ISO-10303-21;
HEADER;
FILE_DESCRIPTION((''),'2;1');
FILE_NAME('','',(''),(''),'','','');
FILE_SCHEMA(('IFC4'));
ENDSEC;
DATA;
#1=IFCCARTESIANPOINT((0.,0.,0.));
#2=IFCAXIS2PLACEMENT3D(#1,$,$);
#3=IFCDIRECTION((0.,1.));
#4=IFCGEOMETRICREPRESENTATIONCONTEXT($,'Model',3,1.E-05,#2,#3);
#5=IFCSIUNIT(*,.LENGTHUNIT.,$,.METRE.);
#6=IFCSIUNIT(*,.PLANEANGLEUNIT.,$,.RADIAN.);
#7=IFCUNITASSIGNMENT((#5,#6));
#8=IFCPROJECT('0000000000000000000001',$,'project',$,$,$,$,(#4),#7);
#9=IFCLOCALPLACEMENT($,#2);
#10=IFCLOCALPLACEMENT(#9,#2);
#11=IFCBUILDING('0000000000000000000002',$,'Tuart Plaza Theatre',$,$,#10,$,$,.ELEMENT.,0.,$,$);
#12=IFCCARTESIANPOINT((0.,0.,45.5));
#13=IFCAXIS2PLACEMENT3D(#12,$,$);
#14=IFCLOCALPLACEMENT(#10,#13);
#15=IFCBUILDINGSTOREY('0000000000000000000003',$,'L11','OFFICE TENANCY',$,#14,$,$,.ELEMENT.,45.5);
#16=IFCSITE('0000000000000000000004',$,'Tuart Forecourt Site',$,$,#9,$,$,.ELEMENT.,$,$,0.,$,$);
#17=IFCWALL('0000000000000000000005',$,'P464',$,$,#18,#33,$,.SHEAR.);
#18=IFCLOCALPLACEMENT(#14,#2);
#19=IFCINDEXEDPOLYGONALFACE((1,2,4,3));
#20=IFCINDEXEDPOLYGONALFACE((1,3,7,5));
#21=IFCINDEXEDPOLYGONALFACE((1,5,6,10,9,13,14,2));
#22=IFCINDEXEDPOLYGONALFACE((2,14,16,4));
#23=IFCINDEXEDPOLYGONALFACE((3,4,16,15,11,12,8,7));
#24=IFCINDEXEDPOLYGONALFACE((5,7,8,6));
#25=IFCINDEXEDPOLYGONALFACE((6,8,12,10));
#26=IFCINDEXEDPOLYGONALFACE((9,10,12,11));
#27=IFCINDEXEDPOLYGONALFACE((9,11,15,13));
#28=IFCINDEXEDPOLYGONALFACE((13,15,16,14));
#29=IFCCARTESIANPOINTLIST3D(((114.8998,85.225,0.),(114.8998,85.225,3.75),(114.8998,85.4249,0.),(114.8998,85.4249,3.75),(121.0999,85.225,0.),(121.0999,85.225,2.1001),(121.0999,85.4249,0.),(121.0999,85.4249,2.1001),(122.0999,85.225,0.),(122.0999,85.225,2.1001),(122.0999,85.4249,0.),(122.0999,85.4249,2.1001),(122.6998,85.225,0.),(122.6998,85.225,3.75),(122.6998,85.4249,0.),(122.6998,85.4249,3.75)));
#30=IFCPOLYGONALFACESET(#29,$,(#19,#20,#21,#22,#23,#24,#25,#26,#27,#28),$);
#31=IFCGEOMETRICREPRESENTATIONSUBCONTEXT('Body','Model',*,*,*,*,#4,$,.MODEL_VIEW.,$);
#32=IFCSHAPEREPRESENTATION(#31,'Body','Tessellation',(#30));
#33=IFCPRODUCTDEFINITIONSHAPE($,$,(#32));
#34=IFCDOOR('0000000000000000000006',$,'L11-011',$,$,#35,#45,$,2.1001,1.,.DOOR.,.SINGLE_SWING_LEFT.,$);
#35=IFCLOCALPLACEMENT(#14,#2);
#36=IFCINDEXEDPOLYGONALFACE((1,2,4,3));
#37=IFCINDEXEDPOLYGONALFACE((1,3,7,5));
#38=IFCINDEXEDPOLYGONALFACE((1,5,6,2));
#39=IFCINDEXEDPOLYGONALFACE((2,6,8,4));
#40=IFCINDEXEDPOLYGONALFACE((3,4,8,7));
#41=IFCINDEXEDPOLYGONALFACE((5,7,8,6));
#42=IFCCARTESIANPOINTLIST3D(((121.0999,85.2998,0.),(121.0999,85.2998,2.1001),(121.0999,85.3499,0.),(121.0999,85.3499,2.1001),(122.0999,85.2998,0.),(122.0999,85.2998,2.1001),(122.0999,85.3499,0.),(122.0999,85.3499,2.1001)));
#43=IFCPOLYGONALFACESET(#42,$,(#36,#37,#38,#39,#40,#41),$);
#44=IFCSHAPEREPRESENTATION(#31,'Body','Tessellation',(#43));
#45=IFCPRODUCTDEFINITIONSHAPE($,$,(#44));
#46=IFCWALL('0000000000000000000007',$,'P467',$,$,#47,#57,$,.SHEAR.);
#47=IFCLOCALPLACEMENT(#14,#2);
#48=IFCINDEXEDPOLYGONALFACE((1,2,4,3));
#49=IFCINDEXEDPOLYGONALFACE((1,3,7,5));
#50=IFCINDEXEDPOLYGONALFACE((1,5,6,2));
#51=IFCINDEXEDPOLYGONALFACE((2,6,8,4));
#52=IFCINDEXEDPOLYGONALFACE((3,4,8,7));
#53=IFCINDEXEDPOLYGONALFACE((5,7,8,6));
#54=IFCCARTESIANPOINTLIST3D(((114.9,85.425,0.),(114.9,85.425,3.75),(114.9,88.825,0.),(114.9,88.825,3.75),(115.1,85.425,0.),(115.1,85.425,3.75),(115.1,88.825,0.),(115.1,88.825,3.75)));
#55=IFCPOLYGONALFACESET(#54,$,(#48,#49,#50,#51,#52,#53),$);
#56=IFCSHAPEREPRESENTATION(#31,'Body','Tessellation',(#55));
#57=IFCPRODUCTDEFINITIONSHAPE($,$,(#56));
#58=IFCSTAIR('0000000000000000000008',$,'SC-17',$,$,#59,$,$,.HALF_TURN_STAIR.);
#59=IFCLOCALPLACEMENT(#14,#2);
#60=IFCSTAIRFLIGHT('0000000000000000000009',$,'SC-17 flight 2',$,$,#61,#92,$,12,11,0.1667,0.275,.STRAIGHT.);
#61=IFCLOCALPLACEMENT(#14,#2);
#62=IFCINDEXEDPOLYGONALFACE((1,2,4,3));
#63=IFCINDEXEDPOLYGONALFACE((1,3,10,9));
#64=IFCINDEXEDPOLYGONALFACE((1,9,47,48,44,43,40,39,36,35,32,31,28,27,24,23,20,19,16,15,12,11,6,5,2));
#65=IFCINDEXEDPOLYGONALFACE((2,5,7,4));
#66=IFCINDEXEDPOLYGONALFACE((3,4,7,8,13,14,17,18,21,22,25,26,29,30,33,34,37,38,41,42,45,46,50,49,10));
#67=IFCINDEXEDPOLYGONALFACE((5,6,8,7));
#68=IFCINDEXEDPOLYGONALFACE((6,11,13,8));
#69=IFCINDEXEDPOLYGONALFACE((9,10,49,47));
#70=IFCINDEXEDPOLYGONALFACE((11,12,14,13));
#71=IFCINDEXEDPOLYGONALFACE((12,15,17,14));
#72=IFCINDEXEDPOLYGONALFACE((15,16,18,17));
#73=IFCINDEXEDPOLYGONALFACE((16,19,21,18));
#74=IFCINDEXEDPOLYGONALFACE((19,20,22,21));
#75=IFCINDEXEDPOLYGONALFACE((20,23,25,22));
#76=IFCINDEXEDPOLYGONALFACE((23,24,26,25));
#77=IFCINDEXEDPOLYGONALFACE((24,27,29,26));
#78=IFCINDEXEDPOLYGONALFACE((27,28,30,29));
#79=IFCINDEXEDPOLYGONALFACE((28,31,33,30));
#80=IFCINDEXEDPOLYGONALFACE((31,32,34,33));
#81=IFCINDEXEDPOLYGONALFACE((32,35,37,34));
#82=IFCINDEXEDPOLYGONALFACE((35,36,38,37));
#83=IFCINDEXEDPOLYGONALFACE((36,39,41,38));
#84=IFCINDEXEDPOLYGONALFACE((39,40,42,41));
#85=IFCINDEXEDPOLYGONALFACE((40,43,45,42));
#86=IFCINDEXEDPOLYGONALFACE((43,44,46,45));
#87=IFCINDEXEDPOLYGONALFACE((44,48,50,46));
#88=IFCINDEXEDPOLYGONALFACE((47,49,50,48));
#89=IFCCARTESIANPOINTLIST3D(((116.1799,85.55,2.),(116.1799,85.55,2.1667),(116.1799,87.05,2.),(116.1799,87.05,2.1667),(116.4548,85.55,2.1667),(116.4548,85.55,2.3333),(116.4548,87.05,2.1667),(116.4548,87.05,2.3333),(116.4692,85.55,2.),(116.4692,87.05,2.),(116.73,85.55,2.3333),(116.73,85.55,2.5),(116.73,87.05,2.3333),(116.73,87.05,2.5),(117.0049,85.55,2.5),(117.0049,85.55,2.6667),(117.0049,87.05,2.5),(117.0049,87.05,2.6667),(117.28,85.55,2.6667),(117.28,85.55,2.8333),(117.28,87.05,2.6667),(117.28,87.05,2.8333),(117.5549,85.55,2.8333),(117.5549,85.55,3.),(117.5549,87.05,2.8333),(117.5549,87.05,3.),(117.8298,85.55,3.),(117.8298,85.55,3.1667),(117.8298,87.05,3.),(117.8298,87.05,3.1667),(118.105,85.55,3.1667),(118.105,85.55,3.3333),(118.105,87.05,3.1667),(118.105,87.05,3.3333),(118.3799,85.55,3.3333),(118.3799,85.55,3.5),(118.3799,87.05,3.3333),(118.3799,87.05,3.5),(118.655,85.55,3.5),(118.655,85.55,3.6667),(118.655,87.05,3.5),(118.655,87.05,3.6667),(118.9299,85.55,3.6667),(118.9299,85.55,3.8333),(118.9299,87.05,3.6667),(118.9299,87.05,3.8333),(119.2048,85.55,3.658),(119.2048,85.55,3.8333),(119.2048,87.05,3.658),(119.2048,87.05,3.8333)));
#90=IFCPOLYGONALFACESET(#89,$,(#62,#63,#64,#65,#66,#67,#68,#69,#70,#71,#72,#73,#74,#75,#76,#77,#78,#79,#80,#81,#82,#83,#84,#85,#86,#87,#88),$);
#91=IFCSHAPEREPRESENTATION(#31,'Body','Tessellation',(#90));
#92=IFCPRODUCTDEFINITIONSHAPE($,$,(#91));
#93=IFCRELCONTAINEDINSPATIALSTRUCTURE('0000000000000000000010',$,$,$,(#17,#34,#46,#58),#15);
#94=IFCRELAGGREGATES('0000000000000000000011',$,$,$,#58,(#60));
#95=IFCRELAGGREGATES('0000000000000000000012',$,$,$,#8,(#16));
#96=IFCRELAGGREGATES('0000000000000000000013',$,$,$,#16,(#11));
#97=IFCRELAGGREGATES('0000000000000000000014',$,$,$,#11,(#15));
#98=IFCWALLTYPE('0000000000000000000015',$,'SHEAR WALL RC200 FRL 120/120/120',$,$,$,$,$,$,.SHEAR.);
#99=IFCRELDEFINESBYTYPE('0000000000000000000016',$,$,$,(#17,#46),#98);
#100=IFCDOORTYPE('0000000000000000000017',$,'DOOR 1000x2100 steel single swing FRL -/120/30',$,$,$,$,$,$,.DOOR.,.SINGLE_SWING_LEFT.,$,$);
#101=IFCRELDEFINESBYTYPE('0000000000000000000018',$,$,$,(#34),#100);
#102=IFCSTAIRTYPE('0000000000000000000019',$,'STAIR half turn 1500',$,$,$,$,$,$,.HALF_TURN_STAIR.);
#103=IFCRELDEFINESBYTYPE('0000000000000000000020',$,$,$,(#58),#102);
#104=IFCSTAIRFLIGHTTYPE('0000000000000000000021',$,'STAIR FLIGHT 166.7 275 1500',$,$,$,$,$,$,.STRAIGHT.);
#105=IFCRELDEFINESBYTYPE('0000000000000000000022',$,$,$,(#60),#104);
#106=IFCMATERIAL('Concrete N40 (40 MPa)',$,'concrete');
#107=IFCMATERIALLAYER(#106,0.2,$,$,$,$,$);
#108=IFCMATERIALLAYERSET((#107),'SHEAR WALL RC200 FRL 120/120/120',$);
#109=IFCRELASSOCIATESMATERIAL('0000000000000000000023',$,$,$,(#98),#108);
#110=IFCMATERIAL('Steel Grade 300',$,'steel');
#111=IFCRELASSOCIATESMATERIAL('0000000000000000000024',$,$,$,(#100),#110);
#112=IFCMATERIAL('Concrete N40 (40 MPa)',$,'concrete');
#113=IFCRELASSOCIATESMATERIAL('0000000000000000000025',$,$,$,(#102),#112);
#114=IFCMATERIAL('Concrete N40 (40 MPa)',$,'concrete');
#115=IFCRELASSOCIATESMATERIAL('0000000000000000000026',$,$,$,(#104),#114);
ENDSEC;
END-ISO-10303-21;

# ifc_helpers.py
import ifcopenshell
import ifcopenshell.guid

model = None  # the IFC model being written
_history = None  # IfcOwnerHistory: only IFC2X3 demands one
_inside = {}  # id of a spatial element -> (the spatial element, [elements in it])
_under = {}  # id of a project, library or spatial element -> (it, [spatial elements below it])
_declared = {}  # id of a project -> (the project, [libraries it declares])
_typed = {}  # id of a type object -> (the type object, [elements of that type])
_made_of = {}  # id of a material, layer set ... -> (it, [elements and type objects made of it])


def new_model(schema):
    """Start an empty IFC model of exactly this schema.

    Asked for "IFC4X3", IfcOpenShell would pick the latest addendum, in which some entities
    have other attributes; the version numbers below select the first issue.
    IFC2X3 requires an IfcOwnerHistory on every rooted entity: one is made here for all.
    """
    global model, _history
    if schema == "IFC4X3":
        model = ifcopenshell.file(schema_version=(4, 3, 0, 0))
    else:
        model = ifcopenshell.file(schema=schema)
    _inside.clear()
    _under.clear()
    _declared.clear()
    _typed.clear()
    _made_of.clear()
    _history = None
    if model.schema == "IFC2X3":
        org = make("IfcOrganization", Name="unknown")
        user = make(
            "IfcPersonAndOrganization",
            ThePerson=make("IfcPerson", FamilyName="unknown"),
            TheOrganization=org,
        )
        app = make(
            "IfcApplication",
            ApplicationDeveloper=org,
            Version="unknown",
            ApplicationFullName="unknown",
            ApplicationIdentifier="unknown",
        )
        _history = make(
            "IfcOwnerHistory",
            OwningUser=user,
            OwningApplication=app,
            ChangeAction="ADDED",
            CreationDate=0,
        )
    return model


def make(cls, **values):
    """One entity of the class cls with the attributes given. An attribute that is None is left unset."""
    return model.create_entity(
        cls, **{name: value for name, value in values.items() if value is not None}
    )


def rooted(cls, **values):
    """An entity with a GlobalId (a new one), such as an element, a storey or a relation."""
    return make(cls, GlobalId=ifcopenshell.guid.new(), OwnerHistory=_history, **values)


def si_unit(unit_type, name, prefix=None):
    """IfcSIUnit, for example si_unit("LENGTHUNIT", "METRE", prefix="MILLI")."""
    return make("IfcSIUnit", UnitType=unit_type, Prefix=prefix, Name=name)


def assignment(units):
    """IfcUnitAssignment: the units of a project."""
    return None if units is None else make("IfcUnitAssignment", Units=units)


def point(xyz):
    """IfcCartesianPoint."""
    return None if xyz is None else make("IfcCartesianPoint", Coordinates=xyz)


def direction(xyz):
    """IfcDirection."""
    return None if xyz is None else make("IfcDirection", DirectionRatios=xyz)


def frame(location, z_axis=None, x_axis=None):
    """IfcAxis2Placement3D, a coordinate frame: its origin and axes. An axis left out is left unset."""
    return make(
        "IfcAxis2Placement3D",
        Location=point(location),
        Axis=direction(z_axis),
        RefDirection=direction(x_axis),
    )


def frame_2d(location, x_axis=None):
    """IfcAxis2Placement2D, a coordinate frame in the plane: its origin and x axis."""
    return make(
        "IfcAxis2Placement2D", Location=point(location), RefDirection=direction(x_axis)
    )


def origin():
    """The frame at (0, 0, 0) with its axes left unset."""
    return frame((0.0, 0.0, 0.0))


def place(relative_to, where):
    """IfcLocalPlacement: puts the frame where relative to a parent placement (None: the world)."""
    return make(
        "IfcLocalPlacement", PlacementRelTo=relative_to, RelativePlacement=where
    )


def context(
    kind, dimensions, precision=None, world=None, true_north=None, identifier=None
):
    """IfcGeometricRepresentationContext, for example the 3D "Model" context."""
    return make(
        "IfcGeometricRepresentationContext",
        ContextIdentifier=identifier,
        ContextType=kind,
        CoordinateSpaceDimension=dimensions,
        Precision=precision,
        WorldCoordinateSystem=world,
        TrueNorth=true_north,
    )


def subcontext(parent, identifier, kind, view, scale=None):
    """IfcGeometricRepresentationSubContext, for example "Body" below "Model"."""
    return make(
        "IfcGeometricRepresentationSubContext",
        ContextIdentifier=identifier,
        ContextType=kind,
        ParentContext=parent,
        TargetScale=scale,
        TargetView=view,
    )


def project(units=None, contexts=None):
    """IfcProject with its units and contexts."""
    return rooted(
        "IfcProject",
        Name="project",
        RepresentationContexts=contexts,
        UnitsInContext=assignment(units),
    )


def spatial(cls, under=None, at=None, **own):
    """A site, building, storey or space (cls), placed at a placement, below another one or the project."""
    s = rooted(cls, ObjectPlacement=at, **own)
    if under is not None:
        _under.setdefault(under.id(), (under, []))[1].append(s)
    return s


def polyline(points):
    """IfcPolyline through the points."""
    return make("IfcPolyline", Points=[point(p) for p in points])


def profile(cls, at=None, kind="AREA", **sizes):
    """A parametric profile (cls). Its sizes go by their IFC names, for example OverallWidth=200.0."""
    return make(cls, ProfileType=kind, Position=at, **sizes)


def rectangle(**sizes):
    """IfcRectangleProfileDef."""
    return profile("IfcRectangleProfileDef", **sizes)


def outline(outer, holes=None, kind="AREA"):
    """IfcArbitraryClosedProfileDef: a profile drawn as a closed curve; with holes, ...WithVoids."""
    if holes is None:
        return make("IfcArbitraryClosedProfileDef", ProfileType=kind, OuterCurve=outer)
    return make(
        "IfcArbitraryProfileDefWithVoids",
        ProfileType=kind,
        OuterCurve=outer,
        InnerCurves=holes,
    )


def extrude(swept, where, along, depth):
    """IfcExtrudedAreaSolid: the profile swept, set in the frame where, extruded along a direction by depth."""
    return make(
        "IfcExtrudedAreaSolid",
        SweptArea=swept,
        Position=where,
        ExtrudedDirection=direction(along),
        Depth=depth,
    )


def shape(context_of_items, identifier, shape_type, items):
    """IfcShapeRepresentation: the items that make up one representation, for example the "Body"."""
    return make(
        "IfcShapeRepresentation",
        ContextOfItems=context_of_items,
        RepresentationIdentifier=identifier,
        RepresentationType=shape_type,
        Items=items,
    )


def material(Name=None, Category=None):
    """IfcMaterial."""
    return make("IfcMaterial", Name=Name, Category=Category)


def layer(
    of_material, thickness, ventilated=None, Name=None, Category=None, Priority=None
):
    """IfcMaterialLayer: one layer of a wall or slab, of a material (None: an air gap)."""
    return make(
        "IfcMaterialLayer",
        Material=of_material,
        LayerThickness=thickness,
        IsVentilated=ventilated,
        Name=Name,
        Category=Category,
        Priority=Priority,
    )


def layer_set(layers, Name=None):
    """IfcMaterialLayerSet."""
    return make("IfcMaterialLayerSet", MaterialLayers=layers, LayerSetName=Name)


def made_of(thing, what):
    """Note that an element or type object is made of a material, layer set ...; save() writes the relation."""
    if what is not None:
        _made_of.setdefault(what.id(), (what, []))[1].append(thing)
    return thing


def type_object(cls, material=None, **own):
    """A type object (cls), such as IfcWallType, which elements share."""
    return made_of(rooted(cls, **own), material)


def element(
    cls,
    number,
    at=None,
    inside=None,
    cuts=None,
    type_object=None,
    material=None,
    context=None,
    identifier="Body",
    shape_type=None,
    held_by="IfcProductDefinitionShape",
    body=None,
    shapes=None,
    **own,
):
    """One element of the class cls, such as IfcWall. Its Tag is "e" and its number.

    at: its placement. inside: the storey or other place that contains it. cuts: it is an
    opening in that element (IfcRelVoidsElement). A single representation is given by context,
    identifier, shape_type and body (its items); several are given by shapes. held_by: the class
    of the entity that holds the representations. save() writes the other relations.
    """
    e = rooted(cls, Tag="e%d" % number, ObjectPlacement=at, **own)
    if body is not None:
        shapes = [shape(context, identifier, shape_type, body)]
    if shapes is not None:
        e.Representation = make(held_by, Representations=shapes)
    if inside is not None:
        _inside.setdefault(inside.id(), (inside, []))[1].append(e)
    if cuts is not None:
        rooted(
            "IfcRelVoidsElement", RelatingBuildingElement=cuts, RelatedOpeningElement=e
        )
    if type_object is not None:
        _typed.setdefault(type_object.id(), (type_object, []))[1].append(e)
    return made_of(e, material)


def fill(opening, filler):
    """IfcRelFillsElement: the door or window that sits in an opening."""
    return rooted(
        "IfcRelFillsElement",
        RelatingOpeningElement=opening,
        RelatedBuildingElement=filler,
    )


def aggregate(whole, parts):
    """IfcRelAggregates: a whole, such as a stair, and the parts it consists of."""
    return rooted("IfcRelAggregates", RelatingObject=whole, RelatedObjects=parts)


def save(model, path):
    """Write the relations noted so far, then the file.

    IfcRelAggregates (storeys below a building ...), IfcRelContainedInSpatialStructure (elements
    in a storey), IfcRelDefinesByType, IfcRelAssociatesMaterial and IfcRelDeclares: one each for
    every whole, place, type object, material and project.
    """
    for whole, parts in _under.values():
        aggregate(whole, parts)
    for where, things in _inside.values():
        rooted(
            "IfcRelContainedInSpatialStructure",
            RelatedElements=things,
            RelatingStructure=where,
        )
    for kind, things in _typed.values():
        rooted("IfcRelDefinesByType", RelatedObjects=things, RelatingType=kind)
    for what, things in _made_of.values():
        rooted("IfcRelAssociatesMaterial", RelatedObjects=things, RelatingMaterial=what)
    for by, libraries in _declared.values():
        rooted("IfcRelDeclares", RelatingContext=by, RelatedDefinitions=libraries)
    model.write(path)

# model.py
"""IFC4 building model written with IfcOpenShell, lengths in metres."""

from ifc_helpers import new_model, si_unit, direction, frame, frame_2d, origin, place, context, subcontext, project, spatial, polyline, rectangle, outline, extrude, material, layer, layer_set, type_object, element, fill, aggregate, save


model = new_model("IFC4")

# Units and contexts
model_context = context("Model", 3, precision=1e-05, world=origin(), true_north=direction((0.0, 1.0)))
body_context = subcontext(model_context, "Body", "Model", "MODEL_VIEW")
ifc_project = project(units=[si_unit("LENGTHUNIT", "METRE"), si_unit("PLANEANGLEUNIT", "RADIAN")], contexts=[model_context])

# Site, building, storey
site_placement = place(None, origin())
site = spatial("IfcSite", under=ifc_project, at=site_placement, Name="Tuart Forecourt Site", CompositionType="ELEMENT", RefElevation=0.0)
building_placement = place(site_placement, origin())
building = spatial("IfcBuilding", under=site, at=building_placement, Name="Tuart Plaza Theatre", CompositionType="ELEMENT", ElevationOfRefHeight=0.0)
storey_placement = place(building_placement, frame((0.0, 0.0, 45.5)))
storey = spatial("IfcBuildingStorey", under=building, at=storey_placement, Name="L11", Description="OFFICE TENANCY", CompositionType="ELEMENT", Elevation=45.5)

# Wall, opening, door
ifc_material_1 = material(Name="Concrete N40 (40 MPa)", Category="concrete")
ifc_layer_1 = layer(ifc_material_1, 0.2)
ifc_layer_set_1 = layer_set([ifc_layer_1], Name="SHEAR WALL RC200 FRL 120/120/120")
wall_type_1 = type_object("IfcWallType", Name="SHEAR WALL RC200 FRL 120/120/120", PredefinedType="SHEAR", material=ifc_layer_set_1)
wall_1_placement = place(storey_placement, frame((114.8999, 85.325, 0.0), z_axis=(0.0, 0.0, 1.0), x_axis=(1.0, 0.0, 0.0)))
wall_1 = element("IfcWall", 1, at=wall_1_placement, inside=storey, type_object=wall_type_1, Name="P464", PredefinedType="SHEAR", context=body_context, shape_type="SweptSolid", body=[
    extrude(rectangle(XDim=7.8, YDim=0.2, at=frame_2d((3.8999, 0.0))), origin(), (0.0, 0.0, 1.0), 3.75),
])
opening_placement = place(wall_1_placement, frame((6.2, 0.0, 0.0)))
opening = element("IfcOpeningElement", 2, at=opening_placement, cuts=wall_1, PredefinedType="OPENING", context=body_context, shape_type="SweptSolid", body=[
    extrude(rectangle(XDim=1.0, YDim=2.1001, at=frame_2d((0.5, 1.05))), frame((0.0, 0.1099, 0.0), z_axis=(0.0, -1.0, 0.0), x_axis=(1.0, 0.0, 0.0)), (0.0, 0.0, 1.0), 0.22),
])
ifc_material_2 = material(Name="Steel Grade 300", Category="steel")
door_type = type_object("IfcDoorType", Name="DOOR 1000x2100 steel single swing FRL -/120/30", OperationType="SINGLE_SWING_LEFT", PredefinedType="DOOR", material=ifc_material_2)
door_placement = place(opening_placement, origin())
door = element("IfcDoor", 3, at=door_placement, inside=storey, type_object=door_type, Name="L11-011", OperationType="SINGLE_SWING_LEFT", OverallHeight=2.1001, OverallWidth=1.0, PredefinedType="DOOR", context=body_context, shape_type="SweptSolid", body=[
    extrude(rectangle(XDim=1.0, YDim=2.1001, at=frame_2d((0.5, 1.05))), frame((0.0, 0.0249, 0.0), z_axis=(0.0, -1.0, 0.0), x_axis=(1.0, 0.0, 0.0)), (0.0, 0.0, 1.0), 0.05),
])
fill(opening, door)

# Wall
wall_2_placement = place(storey_placement, frame((115.0, 88.825, 0.0), z_axis=(0.0, 0.0, 1.0), x_axis=(0.0, -1.0, 0.0)))
element("IfcWall", 4, at=wall_2_placement, inside=storey, type_object=wall_type_1, Name="P467", PredefinedType="SHEAR", context=body_context, shape_type="SweptSolid", body=[
    extrude(rectangle(XDim=3.3999, YDim=0.2, at=frame_2d((1.7, 0.0))), origin(), (0.0, 0.0, 1.0), 3.75),
])

# Stair, stair flight
ifc_material_3 = material(Name="Concrete N40 (40 MPa)", Category="concrete")
stair_type = type_object("IfcStairType", Name="STAIR half turn 1500", PredefinedType="HALF_TURN_STAIR", material=ifc_material_3)
stair_placement = place(storey_placement, origin())
stair = element("IfcStair", 5, at=stair_placement, inside=storey, type_object=stair_type, Name="SC-17", PredefinedType="HALF_TURN_STAIR")
ifc_material_4 = material(Name="Concrete N40 (40 MPa)", Category="concrete")
stair_flight_type = type_object("IfcStairFlightType", Name="STAIR FLIGHT 166.7 275 1500", PredefinedType="STRAIGHT", material=ifc_material_4)
stair_flight_placement = place(storey_placement, frame((116.1799, 86.3, 2.0), z_axis=(0.0, 0.0, 1.0), x_axis=(1.0, 0.0, 0.0)))
stair_flight = element("IfcStairFlight", 6, at=stair_flight_placement, type_object=stair_flight_type, Name="SC-17 flight 2", NumberOfRisers=12, NumberOfTreads=11, PredefinedType="STRAIGHT", RiserHeight=0.1667, TreadLength=0.275, context=body_context, shape_type="SweptSolid", body=[
    extrude(outline(polyline([(0.0, 0.0), (0.0, 0.1667), (0.2749, 0.1667), (0.2749, 0.3333), (0.55, 0.3333), (0.55, 0.5), (0.825, 0.5), (0.825, 0.6667), (1.1001, 0.6667), (1.1001, 0.8333), (1.375, 0.8333), (1.375, 1.0), (1.6499, 1.0), (1.6499, 1.1667), (1.925, 1.1667), (1.925, 1.3333), (2.2, 1.3333), (2.2, 1.5), (2.4751, 1.5), (2.4751, 1.6667), (2.75, 1.6667), (2.75, 1.8333), (3.0249, 1.8333), (3.0249, 2.0), (3.0249, 1.658), (0.2893, 0.0), (0.0, 0.0)])), frame((0.0, 0.75, 0.0), z_axis=(0.0, -1.0, 0.0), x_axis=(1.0, 0.0, 0.0)), (0.0, 0.0, 1.0), 1.5),
])
aggregate(stair, [stair_flight])

save(model, "model.ifc")
